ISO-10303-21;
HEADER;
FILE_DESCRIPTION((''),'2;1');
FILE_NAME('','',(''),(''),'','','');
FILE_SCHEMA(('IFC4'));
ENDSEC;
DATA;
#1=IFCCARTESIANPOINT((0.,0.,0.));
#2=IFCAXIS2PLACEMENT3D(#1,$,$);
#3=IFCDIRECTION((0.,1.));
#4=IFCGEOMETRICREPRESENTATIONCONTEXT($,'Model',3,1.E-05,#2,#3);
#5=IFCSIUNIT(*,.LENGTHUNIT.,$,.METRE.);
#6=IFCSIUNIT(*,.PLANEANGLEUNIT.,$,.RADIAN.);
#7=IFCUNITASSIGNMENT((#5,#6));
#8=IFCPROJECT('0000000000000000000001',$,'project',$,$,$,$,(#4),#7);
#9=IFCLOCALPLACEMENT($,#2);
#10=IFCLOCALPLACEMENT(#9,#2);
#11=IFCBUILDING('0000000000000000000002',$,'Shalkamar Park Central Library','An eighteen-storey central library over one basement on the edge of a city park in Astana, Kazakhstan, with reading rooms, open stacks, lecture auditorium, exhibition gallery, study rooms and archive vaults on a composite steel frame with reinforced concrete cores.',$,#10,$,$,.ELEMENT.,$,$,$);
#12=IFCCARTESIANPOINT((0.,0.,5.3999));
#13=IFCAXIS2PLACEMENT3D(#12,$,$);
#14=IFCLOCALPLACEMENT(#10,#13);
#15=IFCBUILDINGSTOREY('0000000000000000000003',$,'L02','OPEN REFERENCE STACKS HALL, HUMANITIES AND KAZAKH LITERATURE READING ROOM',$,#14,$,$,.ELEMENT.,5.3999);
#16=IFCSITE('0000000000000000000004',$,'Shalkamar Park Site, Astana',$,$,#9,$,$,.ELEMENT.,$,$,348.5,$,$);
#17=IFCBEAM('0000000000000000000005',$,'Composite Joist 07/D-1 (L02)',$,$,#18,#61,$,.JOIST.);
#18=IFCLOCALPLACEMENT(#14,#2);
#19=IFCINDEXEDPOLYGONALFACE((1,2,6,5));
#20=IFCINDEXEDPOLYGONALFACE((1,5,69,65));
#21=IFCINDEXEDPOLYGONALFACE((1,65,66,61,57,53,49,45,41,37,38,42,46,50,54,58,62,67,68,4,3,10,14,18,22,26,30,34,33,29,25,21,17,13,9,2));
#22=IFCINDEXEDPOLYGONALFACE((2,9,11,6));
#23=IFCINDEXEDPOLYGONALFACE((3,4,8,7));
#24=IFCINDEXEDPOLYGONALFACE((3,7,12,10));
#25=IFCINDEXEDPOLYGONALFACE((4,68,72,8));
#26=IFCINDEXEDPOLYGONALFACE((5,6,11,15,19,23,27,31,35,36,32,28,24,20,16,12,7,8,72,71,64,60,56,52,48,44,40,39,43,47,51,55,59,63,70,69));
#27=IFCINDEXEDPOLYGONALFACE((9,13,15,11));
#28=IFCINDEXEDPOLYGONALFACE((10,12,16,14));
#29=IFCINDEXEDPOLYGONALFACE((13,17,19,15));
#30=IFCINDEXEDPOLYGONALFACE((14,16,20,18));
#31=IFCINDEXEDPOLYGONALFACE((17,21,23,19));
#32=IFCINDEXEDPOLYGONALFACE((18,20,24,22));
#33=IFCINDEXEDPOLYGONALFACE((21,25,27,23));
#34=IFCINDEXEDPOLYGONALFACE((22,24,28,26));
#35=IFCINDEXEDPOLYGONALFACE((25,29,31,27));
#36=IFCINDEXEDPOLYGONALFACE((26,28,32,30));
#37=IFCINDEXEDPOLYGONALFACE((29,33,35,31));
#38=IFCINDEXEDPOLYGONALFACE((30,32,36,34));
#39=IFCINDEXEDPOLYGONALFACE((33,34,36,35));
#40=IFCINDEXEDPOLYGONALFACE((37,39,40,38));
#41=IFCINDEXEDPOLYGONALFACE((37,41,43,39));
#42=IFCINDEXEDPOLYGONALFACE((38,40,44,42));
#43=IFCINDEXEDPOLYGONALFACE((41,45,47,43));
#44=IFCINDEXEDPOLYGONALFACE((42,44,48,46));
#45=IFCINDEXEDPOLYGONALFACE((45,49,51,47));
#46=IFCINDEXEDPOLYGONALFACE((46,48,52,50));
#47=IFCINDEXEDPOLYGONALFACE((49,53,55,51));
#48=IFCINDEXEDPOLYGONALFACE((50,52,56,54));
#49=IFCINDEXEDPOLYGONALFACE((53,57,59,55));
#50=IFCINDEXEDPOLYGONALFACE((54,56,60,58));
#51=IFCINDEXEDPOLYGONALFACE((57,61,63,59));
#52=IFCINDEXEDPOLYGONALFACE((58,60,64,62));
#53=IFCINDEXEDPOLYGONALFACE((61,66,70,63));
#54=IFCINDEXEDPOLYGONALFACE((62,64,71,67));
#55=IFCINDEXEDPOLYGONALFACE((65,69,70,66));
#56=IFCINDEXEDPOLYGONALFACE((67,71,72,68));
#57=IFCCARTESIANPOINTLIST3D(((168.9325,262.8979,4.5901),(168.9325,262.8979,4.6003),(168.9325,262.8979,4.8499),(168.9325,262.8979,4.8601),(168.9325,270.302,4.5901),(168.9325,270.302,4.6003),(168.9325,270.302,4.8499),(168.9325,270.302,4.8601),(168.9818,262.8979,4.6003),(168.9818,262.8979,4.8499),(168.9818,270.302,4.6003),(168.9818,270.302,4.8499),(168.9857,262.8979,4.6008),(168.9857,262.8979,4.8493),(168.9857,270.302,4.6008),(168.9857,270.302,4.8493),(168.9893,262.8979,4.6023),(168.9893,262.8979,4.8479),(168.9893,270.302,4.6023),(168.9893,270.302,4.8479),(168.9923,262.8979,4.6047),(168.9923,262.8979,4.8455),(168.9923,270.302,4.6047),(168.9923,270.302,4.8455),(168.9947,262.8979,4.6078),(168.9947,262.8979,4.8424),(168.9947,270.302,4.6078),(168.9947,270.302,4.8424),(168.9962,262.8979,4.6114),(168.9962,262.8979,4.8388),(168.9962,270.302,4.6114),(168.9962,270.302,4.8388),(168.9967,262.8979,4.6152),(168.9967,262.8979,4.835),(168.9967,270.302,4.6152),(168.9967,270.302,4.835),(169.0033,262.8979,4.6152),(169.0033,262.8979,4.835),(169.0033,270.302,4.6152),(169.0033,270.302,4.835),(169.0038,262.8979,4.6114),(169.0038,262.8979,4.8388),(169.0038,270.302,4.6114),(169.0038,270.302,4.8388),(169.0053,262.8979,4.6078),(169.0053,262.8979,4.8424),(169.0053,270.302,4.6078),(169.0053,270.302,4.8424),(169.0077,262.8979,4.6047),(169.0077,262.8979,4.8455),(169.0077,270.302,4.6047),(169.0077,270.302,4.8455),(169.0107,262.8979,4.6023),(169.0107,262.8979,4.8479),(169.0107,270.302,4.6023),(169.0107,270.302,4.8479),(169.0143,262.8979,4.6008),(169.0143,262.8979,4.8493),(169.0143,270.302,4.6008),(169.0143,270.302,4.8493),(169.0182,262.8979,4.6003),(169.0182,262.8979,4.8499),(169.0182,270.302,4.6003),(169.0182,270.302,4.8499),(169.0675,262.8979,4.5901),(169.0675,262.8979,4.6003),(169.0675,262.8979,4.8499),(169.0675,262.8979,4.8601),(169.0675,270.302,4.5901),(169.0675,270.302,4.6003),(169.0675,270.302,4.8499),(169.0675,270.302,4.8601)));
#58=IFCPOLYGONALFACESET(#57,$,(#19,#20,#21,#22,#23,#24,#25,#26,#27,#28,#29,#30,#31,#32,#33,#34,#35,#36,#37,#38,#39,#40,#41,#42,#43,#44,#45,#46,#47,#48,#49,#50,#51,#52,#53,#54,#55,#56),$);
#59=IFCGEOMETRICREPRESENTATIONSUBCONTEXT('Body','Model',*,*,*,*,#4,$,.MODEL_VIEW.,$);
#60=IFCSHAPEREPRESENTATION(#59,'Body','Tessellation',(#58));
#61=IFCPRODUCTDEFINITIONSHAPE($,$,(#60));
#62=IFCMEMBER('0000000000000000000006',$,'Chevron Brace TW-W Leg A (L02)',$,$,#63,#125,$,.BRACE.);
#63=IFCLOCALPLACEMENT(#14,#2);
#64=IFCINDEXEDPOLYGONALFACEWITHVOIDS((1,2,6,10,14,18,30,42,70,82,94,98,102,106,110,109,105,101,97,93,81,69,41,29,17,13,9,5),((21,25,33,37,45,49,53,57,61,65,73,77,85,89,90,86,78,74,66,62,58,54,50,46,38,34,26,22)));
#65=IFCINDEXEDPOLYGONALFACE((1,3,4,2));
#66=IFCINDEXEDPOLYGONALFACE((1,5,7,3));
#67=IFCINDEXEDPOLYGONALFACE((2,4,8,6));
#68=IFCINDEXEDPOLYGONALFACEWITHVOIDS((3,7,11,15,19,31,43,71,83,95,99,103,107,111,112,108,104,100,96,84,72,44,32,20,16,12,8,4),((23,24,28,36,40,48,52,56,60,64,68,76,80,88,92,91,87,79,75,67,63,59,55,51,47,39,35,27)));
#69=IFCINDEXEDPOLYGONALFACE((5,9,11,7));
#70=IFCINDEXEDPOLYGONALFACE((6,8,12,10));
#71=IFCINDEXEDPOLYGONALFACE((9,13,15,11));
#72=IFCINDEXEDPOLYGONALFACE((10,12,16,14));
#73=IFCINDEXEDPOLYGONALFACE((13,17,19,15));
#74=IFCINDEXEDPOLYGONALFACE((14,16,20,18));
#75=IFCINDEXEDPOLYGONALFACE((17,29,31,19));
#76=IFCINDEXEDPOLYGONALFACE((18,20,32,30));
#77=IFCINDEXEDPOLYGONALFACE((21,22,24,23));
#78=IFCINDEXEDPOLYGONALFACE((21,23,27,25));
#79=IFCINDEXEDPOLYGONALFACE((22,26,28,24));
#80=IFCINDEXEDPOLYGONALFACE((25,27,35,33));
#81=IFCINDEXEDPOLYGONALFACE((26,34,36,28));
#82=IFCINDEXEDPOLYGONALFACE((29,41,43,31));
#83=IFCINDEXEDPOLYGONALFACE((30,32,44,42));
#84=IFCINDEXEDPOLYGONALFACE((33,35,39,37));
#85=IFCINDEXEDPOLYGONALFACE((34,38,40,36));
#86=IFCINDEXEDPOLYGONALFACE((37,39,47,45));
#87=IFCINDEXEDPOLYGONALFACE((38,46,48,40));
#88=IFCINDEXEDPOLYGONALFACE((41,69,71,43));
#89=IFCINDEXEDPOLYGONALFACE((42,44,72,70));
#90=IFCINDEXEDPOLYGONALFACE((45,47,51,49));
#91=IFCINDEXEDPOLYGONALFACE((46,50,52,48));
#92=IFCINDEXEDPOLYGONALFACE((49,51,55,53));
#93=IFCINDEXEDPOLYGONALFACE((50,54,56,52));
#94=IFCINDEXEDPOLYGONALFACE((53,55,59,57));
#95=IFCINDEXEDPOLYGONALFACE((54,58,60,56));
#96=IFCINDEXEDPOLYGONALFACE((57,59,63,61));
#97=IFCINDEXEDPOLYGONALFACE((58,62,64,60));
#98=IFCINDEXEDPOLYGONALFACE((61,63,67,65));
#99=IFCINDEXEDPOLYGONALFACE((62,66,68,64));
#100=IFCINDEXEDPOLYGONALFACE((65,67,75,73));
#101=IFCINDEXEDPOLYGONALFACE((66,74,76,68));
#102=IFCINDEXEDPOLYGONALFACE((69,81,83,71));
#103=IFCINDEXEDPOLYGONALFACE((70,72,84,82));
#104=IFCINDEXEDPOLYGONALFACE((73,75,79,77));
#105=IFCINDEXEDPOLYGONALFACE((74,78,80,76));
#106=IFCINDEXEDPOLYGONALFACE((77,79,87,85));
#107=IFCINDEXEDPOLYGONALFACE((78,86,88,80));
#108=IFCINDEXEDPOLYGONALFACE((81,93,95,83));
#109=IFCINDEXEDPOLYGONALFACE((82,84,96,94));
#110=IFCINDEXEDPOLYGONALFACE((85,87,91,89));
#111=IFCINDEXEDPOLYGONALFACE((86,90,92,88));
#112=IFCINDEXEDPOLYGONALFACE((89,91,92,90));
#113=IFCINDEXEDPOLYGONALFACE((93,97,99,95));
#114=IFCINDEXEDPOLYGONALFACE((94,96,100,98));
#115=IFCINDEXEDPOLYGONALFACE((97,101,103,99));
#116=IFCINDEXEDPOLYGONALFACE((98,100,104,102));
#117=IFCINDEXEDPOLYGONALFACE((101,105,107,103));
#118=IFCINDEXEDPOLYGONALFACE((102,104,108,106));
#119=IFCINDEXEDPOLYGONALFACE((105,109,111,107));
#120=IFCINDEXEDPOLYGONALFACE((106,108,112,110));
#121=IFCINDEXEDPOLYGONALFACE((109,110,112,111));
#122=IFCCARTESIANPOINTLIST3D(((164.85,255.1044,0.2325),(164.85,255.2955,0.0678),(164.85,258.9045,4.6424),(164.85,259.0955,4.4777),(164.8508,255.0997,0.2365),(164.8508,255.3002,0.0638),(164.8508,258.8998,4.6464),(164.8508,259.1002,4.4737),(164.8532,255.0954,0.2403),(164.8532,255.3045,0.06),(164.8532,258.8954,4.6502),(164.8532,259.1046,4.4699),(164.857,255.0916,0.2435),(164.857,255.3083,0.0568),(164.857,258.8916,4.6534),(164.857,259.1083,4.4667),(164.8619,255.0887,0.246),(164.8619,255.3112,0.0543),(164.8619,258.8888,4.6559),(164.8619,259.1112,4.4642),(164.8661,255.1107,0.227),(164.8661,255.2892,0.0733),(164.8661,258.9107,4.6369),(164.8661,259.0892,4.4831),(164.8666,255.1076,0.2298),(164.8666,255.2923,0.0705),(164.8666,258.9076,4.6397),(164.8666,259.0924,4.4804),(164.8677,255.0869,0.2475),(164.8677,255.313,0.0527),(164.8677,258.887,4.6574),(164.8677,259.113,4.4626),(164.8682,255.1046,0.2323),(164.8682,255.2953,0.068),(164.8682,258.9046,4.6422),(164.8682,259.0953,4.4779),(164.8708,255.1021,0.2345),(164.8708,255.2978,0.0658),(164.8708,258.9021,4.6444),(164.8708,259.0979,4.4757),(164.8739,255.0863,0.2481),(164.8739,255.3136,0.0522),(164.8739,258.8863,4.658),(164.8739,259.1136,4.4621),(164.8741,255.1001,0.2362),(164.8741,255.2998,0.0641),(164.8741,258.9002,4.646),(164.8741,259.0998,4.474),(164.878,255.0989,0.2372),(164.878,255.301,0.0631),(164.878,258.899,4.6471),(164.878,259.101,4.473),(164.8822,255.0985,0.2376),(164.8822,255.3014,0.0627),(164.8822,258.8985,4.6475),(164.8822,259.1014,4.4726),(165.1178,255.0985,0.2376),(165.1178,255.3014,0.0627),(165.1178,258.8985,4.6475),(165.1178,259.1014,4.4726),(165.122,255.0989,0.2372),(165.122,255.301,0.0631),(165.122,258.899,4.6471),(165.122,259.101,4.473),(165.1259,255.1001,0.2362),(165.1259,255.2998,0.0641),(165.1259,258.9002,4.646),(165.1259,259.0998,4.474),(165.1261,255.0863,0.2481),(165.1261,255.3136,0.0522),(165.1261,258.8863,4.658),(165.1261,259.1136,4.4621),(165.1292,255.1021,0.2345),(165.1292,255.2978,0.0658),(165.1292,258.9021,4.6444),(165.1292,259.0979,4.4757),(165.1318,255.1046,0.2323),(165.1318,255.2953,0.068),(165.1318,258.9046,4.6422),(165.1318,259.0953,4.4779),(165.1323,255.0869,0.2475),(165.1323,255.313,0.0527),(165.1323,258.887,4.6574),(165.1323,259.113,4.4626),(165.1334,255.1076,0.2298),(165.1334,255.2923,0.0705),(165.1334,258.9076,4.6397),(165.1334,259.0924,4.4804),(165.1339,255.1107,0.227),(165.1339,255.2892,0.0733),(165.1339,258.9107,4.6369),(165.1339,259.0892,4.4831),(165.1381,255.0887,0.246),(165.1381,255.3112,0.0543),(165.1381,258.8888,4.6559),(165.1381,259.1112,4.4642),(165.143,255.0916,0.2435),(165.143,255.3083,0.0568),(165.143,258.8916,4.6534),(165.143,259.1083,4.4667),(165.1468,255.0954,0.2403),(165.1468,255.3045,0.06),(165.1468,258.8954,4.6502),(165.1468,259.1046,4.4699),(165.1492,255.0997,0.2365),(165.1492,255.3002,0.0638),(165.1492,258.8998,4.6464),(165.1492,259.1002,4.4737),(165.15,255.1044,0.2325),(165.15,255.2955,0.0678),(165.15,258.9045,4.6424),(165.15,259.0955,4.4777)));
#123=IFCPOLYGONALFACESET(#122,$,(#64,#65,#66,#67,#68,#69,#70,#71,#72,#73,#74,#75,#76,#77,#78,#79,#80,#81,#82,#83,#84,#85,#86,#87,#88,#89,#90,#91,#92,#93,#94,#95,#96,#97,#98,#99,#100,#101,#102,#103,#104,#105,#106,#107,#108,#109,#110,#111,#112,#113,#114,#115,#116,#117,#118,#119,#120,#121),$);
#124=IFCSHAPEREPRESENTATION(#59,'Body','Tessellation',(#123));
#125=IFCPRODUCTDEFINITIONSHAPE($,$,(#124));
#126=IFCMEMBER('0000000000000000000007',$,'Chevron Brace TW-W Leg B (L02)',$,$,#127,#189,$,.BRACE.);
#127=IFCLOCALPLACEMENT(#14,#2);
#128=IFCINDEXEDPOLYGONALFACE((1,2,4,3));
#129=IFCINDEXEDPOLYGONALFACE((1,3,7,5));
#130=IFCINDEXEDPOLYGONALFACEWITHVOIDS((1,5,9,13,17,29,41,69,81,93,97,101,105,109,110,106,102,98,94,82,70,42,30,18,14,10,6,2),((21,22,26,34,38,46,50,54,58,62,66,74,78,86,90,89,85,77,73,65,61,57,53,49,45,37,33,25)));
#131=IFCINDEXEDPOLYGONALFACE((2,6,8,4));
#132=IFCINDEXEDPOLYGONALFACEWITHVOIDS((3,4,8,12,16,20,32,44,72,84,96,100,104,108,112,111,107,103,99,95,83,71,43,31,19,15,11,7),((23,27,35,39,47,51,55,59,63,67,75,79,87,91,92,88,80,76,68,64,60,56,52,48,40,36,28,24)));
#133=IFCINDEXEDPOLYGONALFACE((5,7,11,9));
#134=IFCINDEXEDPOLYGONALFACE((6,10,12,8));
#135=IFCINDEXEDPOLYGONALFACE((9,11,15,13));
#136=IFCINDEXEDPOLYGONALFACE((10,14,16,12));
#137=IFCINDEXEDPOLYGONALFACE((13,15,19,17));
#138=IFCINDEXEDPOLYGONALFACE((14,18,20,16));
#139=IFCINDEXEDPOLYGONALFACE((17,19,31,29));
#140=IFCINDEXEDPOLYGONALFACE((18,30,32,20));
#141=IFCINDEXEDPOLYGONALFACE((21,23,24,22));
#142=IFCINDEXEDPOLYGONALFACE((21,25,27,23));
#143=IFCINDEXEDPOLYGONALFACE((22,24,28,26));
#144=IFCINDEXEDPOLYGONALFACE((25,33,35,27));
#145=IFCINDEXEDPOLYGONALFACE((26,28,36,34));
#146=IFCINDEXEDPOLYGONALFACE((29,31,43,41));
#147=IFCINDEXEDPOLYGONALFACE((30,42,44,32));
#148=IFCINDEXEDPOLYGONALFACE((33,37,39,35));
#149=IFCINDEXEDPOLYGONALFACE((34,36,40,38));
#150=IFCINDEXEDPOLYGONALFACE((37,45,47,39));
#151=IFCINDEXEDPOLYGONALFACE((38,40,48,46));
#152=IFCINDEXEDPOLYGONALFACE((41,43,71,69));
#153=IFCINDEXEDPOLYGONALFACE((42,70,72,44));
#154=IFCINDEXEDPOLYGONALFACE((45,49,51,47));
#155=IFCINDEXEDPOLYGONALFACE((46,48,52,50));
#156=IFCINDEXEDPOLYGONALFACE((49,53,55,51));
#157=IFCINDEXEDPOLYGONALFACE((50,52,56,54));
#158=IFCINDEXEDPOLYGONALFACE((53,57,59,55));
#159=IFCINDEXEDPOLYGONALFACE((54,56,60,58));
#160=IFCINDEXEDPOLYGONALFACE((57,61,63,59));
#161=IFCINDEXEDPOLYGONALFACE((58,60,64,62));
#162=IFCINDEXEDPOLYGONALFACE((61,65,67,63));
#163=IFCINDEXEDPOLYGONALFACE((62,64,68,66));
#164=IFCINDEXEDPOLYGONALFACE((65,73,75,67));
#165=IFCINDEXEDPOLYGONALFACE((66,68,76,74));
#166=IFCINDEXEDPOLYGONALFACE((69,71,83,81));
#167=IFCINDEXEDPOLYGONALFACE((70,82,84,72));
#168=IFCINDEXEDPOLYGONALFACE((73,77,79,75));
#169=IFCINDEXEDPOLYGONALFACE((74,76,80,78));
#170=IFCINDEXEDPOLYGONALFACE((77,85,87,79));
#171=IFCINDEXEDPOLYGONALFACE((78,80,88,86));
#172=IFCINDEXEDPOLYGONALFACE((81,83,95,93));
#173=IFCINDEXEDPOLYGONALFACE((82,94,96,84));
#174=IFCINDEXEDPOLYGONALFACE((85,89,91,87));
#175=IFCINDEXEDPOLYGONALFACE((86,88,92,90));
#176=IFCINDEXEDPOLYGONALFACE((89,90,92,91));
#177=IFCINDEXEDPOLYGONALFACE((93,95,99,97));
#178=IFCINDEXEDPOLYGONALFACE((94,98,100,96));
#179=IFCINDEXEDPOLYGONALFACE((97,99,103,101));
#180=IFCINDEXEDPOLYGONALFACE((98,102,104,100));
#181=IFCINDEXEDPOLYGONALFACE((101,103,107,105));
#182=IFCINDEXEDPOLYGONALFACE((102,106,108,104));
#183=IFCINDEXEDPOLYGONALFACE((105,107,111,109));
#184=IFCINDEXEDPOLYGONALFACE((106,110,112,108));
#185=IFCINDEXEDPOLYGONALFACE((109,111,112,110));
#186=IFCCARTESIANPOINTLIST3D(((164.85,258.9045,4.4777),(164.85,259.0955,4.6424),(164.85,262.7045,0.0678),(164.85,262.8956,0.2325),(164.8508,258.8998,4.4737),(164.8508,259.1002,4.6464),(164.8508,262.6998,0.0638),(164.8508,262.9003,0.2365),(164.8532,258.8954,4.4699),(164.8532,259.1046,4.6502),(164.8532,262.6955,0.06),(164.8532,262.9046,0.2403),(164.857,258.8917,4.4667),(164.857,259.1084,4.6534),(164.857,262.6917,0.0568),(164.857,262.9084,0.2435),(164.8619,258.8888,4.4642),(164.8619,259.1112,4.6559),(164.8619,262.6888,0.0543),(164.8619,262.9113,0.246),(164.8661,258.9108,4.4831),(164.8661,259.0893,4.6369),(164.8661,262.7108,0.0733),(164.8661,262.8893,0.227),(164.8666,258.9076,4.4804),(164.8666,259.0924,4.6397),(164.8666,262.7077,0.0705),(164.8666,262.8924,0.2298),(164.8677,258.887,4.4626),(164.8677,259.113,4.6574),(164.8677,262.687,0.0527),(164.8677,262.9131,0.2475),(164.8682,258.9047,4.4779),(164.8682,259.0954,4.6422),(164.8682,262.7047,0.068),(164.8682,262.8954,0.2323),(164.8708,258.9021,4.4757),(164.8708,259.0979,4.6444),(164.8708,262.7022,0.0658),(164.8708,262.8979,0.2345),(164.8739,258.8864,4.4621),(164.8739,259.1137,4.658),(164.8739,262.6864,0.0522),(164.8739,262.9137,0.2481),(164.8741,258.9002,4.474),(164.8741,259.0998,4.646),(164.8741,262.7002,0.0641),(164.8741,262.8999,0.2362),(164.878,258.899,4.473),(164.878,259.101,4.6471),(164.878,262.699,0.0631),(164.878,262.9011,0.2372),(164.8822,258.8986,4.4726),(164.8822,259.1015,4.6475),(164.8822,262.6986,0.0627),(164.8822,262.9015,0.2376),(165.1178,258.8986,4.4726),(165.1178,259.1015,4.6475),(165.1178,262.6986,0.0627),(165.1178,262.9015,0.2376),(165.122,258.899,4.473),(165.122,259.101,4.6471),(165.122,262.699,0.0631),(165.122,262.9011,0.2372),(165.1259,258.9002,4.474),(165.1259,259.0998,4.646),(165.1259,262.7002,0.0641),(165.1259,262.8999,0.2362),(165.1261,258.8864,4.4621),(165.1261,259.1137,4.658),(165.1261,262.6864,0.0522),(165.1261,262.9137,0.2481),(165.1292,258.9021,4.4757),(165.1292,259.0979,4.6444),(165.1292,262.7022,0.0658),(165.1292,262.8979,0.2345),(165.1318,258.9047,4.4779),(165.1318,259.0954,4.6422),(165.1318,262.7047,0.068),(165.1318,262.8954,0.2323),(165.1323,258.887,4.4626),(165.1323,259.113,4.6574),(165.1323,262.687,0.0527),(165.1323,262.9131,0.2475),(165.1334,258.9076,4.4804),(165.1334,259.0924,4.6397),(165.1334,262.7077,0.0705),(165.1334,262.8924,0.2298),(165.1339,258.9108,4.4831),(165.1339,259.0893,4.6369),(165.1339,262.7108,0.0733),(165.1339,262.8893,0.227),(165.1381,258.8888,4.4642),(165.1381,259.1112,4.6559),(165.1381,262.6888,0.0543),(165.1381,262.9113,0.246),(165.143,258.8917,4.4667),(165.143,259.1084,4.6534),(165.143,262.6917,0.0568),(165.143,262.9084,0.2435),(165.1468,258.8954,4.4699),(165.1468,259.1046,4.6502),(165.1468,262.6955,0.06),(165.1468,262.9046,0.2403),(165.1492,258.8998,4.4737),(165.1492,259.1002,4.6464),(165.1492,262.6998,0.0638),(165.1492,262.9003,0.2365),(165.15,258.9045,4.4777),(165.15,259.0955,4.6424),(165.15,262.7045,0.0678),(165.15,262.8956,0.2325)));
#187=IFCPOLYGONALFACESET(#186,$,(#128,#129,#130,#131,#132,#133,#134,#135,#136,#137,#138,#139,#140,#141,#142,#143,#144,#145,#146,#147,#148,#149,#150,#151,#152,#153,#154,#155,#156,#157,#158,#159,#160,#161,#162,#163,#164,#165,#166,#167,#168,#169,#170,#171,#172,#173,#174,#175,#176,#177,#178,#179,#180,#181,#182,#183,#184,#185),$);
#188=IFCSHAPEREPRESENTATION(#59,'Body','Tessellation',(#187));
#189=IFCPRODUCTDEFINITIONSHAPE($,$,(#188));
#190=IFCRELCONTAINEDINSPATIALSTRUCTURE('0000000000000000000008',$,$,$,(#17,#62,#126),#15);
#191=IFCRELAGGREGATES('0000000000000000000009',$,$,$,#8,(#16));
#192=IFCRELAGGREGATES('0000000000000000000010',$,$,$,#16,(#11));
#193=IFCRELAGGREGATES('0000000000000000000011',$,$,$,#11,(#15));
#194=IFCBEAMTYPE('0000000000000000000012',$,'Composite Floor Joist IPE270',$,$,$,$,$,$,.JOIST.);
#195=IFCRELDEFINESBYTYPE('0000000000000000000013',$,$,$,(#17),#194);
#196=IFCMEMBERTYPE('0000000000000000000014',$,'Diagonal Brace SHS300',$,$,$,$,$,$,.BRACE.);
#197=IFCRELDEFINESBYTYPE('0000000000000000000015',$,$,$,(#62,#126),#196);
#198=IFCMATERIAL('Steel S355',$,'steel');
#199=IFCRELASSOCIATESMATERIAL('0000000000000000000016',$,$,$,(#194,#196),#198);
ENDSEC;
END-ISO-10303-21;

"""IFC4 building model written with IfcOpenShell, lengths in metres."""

from ifc_helpers import new_model, si_unit, direction, frame, origin, origin_2d, place, context, subcontext, project, spatial, hollow_rectangle, i_section, extrude, material, material_profile, profile_set, type_object, element, save


model = new_model("IFC4")

# Units and contexts
model_context = context("Model", 3, precision=1e-05, world=origin(), true_north=direction((0.0, 1.0)))
body_context = subcontext(model_context, "Body", "Model", "MODEL_VIEW")
ifc_project = project(units=[si_unit("LENGTHUNIT", "METRE"), si_unit("PLANEANGLEUNIT", "RADIAN")], contexts=[model_context])

# Site, building, storey
site_placement = place(None, origin())
site = spatial("IfcSite", under=ifc_project, at=site_placement, Name="Shalkamar Park Site, Astana", CompositionType="ELEMENT", RefElevation=348.5)
building_placement = place(site_placement, origin())
building = spatial("IfcBuilding", under=site, at=building_placement, Name="Shalkamar Park Central Library", Description="An eighteen-storey central library over one basement on the edge of a city park in Astana, Kazakhstan, with reading rooms, open stacks, lecture auditorium, exhibition gallery, study rooms and archive vaults on a composite steel frame with reinforced concrete cores.", CompositionType="ELEMENT")
storey_placement = place(building_placement, frame((0.0, 0.0, 5.3999)))
storey = spatial("IfcBuildingStorey", under=building, at=storey_placement, Name="L02", Description="OPEN REFERENCE STACKS HALL, HUMANITIES AND KAZAKH LITERATURE READING ROOM", CompositionType="ELEMENT", Elevation=5.3999)

# Shared definitions
ifc_material_1 = material(Name="Steel S355", Category="steel")

# Beam
ifc_material_profile_1 = material_profile(ifc_material_1, i_section(OverallWidth=0.135, OverallDepth=0.27, WebThickness=0.0066, FlangeThickness=0.0103, FilletRadius=0.0149, at=origin_2d()), Name="IPE 270")
ifc_profile_set_1 = profile_set([ifc_material_profile_1], Name="Steel S355")
beam_type_1 = type_object("IfcBeamType", Name="Composite Floor Joist IPE270", PredefinedType="JOIST", material=ifc_profile_set_1)
beam_1_placement = place(storey_placement, frame((169.0, 262.8979, 4.7251), z_axis=(0.0, 1.0, 0.0), x_axis=(-1.0, 0.0, 0.0)))
element("IfcBeam", 1, at=beam_1_placement, inside=storey, type_object=beam_type_1, Name="Composite Joist 07/D-1 (L02)", PredefinedType="JOIST", context=body_context, shape_type="SweptSolid", body=[
    extrude(i_section(OverallWidth=0.135, OverallDepth=0.27, WebThickness=0.0066, FlangeThickness=0.0103, FilletRadius=0.0149, at=origin_2d()), origin(), (0.0, 0.0, 1.0), 7.4041),
])

# Members
ifc_material_profile_2 = material_profile(ifc_material_1, hollow_rectangle(XDim=0.3, YDim=0.3, WallThickness=0.0161, InnerFilletRadius=0.0161, OuterFilletRadius=0.0239, at=origin_2d()), Name="SHS 300x300x16")
ifc_profile_set_2 = profile_set([ifc_material_profile_2], Name="Steel S355")
member_type = type_object("IfcMemberType", Name="Diagonal Brace SHS300", PredefinedType="BRACE", material=ifc_profile_set_2)
for number, where, z_axis, x_axis, name in (
    (2, (165.0, 255.2, 0.1501), (0.0, 0.652782, 0.757546), (-1.0, 0.0, 0.0), "Chevron Brace TW-W Leg A (L02)"),
    (3, (165.0, 262.8, 0.1501), (0.0, -0.652782, 0.757546), (1.0, 0.0, 0.0), "Chevron Brace TW-W Leg B (L02)"),
):
    element("IfcMember", number, at=place(storey_placement, frame(where, z_axis=z_axis, x_axis=x_axis)), inside=storey, type_object=member_type, Name=name, PredefinedType="BRACE", context=body_context, shape_type="SweptSolid", body=[
        extrude(hollow_rectangle(XDim=0.3, YDim=0.3, WallThickness=0.0161, InnerFilletRadius=0.0161, OuterFilletRadius=0.0239, at=origin_2d()), origin(), (0.0, 0.0, 1.0), 5.8213),
    ])

save(model, "model.ifc")
